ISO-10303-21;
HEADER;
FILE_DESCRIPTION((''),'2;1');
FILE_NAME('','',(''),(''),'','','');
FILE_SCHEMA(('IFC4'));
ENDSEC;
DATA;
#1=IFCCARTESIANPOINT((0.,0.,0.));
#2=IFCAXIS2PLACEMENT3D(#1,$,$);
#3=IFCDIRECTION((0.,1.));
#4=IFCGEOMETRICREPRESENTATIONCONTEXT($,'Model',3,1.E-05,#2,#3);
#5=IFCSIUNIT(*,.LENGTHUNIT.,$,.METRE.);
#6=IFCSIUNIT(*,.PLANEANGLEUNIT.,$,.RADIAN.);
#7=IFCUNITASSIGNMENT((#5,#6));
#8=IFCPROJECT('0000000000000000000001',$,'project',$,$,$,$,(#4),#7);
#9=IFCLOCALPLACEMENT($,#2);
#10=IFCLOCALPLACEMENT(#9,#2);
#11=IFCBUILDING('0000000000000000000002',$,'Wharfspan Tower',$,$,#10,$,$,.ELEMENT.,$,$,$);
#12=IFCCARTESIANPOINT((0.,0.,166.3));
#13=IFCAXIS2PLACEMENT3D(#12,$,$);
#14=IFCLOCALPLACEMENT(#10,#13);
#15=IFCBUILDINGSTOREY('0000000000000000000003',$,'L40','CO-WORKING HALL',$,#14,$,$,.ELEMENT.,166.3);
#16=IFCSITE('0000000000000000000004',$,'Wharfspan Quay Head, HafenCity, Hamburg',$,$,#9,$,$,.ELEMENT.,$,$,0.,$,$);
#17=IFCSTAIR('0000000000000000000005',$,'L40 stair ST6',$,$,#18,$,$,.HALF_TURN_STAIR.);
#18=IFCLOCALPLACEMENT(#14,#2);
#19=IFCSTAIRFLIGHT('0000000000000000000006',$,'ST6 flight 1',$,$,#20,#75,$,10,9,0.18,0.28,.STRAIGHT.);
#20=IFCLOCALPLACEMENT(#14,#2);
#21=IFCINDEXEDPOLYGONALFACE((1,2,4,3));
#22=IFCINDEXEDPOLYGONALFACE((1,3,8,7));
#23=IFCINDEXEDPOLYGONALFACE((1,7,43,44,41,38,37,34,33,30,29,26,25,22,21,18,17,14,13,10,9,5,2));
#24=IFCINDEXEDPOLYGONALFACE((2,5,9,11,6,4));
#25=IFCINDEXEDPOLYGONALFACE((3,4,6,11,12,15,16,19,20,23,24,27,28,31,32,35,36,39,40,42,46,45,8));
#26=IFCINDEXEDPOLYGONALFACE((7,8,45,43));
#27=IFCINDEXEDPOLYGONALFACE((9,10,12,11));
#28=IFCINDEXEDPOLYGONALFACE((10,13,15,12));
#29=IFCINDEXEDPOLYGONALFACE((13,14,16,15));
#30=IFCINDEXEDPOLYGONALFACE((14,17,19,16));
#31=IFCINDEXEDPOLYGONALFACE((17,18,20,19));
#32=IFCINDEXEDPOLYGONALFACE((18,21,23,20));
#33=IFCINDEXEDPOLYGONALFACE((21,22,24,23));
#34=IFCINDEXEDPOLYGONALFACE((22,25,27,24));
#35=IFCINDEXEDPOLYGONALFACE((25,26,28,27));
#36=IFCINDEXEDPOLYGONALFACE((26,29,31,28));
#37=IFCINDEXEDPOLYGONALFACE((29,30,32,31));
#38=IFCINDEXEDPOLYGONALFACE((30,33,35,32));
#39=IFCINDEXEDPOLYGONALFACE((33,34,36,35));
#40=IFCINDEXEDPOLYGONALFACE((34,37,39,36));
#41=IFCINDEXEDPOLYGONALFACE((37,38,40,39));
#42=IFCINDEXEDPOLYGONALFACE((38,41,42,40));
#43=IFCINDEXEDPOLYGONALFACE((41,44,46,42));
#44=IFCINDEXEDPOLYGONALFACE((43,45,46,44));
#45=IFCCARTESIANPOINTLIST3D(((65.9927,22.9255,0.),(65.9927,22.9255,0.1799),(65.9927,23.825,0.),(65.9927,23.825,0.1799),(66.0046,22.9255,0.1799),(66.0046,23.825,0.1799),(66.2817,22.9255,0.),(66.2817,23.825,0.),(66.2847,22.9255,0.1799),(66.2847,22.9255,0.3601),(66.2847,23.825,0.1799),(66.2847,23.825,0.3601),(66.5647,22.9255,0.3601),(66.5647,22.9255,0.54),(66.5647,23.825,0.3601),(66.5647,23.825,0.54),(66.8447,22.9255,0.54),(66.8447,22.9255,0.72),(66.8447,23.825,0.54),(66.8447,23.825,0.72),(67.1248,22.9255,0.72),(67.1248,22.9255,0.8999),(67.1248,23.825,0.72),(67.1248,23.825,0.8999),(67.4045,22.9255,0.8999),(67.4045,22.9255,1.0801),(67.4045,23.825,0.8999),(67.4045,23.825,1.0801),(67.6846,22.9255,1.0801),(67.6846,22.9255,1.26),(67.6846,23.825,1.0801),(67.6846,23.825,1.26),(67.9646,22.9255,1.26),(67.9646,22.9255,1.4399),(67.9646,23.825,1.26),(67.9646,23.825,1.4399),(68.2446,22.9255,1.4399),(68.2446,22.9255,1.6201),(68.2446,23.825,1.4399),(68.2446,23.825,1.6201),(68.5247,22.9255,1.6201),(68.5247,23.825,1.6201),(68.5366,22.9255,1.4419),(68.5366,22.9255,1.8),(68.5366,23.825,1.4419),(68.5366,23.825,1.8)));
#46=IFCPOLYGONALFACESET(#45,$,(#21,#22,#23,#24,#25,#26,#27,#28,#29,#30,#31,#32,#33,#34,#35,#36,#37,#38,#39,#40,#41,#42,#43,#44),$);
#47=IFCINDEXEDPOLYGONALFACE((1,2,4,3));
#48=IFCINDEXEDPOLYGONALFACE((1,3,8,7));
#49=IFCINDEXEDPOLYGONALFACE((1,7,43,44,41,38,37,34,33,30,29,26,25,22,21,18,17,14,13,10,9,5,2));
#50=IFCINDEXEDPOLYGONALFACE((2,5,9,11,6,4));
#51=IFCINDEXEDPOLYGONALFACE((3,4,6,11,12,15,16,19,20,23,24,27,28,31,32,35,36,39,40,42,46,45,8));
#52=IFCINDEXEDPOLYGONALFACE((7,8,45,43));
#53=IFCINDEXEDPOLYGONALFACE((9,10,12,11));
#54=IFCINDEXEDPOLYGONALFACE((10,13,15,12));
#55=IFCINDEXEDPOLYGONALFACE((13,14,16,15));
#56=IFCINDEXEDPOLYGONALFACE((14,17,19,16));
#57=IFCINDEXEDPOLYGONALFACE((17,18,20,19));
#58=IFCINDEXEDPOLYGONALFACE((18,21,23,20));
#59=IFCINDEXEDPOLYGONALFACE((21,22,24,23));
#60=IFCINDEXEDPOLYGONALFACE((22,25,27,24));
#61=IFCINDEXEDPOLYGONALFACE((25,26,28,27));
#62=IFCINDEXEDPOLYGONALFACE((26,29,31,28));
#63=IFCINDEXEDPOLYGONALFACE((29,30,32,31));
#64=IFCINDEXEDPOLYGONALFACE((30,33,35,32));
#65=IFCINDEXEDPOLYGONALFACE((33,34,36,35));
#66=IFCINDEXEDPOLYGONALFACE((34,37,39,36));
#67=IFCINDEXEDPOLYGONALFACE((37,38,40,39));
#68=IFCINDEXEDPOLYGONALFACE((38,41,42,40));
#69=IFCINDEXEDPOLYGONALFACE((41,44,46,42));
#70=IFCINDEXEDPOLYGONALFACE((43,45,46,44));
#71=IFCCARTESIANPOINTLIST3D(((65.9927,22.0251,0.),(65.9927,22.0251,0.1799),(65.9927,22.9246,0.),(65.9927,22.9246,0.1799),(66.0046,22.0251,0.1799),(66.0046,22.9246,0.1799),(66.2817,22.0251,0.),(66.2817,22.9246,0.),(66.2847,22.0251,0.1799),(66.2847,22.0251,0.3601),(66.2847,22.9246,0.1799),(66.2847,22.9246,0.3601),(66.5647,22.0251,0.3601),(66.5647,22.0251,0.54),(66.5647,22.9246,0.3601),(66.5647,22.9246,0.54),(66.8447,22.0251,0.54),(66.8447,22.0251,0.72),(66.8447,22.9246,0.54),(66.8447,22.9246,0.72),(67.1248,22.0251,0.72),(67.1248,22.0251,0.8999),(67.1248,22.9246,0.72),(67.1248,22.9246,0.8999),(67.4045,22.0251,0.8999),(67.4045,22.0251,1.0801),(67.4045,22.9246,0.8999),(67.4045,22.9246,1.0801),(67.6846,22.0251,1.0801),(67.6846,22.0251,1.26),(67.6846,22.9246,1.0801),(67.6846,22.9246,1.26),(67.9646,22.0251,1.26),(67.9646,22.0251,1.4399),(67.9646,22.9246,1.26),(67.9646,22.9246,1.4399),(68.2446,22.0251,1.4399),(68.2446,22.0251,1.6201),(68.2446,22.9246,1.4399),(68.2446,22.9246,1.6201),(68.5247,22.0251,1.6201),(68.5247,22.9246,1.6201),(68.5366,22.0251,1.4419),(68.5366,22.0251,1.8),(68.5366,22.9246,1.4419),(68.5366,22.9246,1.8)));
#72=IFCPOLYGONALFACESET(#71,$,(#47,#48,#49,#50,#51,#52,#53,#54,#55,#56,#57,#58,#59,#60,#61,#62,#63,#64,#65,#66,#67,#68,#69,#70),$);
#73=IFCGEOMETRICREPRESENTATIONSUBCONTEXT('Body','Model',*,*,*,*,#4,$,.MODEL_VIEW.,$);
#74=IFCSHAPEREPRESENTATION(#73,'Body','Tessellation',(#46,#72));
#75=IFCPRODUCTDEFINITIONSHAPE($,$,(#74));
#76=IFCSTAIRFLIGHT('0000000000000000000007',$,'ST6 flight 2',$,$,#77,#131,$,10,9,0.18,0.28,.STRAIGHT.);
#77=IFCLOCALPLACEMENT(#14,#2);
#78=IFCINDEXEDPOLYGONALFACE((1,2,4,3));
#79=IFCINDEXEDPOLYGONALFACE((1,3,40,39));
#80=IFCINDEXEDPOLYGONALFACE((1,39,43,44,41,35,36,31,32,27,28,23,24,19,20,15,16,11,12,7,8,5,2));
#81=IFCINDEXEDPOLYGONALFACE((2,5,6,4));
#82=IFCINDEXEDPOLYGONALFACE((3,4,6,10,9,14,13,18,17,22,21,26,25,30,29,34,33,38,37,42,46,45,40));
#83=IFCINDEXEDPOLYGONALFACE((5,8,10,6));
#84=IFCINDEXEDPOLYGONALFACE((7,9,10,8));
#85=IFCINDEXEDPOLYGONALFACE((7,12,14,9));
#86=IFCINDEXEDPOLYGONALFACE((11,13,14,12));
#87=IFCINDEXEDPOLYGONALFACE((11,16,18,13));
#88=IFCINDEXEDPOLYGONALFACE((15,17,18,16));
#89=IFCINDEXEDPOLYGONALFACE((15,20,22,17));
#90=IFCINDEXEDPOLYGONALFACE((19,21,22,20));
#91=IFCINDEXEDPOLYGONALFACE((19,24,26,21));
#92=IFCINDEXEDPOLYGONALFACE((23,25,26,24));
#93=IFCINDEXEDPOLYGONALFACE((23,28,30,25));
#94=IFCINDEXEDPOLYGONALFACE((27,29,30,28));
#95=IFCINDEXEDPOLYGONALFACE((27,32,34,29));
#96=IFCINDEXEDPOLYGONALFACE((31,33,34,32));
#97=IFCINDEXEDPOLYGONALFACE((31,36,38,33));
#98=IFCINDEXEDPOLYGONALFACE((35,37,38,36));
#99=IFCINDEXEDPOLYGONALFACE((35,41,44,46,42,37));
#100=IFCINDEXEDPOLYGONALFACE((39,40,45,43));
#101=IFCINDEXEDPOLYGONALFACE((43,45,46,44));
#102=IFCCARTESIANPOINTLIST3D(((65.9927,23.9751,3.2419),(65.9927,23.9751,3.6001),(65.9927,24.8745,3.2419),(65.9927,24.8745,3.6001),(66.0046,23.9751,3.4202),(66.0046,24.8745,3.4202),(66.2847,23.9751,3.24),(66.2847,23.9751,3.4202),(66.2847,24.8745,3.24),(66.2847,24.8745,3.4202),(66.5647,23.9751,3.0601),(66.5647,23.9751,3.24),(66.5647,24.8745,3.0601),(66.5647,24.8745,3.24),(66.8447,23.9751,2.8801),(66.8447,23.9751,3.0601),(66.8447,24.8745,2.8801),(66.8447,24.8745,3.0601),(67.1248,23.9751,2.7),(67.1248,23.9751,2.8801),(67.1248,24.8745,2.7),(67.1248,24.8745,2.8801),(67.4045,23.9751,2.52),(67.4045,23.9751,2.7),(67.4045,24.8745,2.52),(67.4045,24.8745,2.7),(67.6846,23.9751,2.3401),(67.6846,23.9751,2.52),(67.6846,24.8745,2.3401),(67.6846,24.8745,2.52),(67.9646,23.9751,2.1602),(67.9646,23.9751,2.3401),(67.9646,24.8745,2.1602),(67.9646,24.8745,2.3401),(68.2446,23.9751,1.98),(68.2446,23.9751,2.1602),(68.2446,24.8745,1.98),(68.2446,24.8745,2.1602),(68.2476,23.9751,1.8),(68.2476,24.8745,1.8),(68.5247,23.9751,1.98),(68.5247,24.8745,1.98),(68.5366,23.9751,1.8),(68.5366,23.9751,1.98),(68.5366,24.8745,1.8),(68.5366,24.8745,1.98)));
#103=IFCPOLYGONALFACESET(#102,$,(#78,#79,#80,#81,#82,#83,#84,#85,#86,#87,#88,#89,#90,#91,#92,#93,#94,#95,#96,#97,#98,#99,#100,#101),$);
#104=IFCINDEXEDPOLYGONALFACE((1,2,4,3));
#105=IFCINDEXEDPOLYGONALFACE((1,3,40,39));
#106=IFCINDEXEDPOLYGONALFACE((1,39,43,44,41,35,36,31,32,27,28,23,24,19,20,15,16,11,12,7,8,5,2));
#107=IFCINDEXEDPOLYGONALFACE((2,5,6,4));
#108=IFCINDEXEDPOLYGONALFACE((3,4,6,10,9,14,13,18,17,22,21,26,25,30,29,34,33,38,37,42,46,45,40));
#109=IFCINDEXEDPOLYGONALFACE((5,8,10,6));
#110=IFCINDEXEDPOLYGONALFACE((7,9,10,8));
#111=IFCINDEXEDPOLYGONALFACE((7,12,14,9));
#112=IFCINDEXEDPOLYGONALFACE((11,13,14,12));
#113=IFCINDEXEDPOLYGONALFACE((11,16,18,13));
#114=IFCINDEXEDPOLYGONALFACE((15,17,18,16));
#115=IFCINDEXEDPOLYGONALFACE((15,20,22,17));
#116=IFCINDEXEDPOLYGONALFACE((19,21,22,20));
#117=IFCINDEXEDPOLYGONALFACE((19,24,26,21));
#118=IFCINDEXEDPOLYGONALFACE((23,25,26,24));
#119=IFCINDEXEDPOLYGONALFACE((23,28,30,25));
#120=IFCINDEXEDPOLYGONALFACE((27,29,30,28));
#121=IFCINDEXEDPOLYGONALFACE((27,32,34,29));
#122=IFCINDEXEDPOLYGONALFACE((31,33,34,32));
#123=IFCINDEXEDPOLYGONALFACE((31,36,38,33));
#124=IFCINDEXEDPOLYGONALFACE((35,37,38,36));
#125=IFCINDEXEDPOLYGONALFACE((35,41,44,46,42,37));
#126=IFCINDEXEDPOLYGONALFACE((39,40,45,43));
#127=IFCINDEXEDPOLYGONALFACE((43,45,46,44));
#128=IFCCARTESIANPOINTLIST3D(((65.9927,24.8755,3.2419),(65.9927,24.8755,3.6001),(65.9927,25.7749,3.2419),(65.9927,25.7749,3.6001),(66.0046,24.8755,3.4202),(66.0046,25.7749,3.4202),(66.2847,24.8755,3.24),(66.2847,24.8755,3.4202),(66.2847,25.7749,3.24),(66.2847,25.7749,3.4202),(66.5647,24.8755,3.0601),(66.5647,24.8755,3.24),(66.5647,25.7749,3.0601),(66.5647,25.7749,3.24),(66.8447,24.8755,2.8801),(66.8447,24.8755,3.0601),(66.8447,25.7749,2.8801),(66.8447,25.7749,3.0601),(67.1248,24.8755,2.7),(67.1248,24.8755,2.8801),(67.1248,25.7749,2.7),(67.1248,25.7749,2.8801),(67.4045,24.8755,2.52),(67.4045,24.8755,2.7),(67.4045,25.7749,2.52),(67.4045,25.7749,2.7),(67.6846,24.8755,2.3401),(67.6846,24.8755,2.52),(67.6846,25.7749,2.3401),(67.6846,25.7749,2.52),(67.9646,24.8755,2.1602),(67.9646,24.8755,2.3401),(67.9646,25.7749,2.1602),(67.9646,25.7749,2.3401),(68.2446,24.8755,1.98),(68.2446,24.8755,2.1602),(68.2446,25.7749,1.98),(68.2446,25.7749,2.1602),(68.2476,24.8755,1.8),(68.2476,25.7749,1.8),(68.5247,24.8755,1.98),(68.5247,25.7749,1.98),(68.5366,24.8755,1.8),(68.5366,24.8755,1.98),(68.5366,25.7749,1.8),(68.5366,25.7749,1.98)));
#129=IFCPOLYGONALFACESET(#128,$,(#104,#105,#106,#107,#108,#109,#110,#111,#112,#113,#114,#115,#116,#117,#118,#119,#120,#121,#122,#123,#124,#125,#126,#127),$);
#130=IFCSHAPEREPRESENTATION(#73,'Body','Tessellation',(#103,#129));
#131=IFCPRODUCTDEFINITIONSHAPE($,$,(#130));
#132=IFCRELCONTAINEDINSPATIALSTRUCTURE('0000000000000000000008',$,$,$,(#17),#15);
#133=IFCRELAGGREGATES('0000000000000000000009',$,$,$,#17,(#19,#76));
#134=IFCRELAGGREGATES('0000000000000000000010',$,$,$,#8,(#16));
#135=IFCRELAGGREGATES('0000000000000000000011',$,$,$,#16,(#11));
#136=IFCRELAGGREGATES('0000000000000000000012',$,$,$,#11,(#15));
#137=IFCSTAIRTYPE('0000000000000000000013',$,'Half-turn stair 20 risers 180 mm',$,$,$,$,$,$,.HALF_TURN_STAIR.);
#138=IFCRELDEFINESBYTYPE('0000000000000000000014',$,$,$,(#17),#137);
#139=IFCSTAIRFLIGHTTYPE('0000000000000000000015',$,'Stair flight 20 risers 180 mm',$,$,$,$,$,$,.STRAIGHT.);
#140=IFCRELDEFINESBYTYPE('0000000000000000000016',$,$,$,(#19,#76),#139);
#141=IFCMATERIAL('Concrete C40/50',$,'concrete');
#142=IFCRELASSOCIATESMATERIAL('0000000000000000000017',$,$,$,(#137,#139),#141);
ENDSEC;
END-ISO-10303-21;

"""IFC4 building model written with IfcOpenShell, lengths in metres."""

from ifc_helpers import new_model, si_unit, direction, frame, origin, place, context, subcontext, project, spatial, polyline, outline, extrude, material, type_object, element, aggregate, save


model = new_model("IFC4")

# Units and contexts
model_context = context("Model", 3, precision=1e-05, world=origin(), true_north=direction((0.0, 1.0)))
body_context = subcontext(model_context, "Body", "Model", "MODEL_VIEW")
ifc_project = project(units=[si_unit("LENGTHUNIT", "METRE"), si_unit("PLANEANGLEUNIT", "RADIAN")], contexts=[model_context])

# Site, building, storey
site_placement = place(None, origin())
site = spatial("IfcSite", under=ifc_project, at=site_placement, Name="Wharfspan Quay Head, HafenCity, Hamburg", CompositionType="ELEMENT", RefElevation=0.0)
building_placement = place(site_placement, origin())
building = spatial("IfcBuilding", under=site, at=building_placement, Name="Wharfspan Tower", CompositionType="ELEMENT")
storey_placement = place(building_placement, frame((0.0, 0.0, 166.3)))
storey = spatial("IfcBuildingStorey", under=building, at=storey_placement, Name="L40", Description="CO-WORKING HALL", CompositionType="ELEMENT", Elevation=166.3)

# Shared definitions
ifc_material_1 = material(Name="Concrete C40/50", Category="concrete")

# Stair, stair flights
stair_type = type_object("IfcStairType", Name="Half-turn stair 20 risers 180 mm", PredefinedType="HALF_TURN_STAIR", material=ifc_material_1)
stair_placement = place(storey_placement, origin())
stair = element("IfcStair", 1, at=stair_placement, inside=storey, type_object=stair_type, Name="L40 stair ST6", PredefinedType="HALF_TURN_STAIR")
stair_flight_type = type_object("IfcStairFlightType", Name="Stair flight 20 risers 180 mm", PredefinedType="STRAIGHT", material=ifc_material_1)
stair_flight_1_placement = place(storey_placement, frame((66.0046, 22.925, 0.0), z_axis=(0.0, 0.0, 1.0), x_axis=(1.0, 0.0, 0.0)))
stair_flight_1 = element("IfcStairFlight", 2, at=stair_flight_1_placement, type_object=stair_flight_type, Name="ST6 flight 1", NumberOfRisers=10, NumberOfTreads=9, PredefinedType="STRAIGHT", RiserHeight=0.18, TreadLength=0.28, context=body_context, shape_type="SweptSolid", body=[
    extrude(outline(polyline([(-0.012, 0.0), (-0.012, 0.1799), (0.0, 0.1799), (0.28, 0.1799), (0.28, 0.3601), (0.5601, 0.3601), (0.5601, 0.54), (0.8401, 0.54), (0.8401, 0.72), (1.1201, 0.72), (1.1201, 0.8999), (1.3999, 0.8999), (1.3999, 1.0801), (1.6799, 1.0801), (1.6799, 1.26), (1.96, 1.26), (1.96, 1.4399), (2.24, 1.4399), (2.24, 1.6201), (2.52, 1.6201), (2.532, 1.8), (2.532, 1.4419), (0.2771, 0.0), (-0.012, 0.0)])), frame((0.0, 0.8999, 0.0), z_axis=(0.0, -1.0, 0.0), x_axis=(1.0, 0.0, 0.0)), (0.0, 0.0, 1.0), 0.8994),
    extrude(outline(polyline([(-0.012, 0.0), (-0.012, 0.1799), (0.0, 0.1799), (0.28, 0.1799), (0.28, 0.3601), (0.5601, 0.3601), (0.5601, 0.54), (0.8401, 0.54), (0.8401, 0.72), (1.1201, 0.72), (1.1201, 0.8999), (1.3999, 0.8999), (1.3999, 1.0801), (1.6799, 1.0801), (1.6799, 1.26), (1.96, 1.26), (1.96, 1.4399), (2.24, 1.4399), (2.24, 1.6201), (2.52, 1.6201), (2.532, 1.8), (2.532, 1.4419), (0.2771, 0.0), (-0.012, 0.0)])), frame((0.0, -0.0005, 0.0), z_axis=(0.0, -1.0, 0.0), x_axis=(1.0, 0.0, 0.0)), (0.0, 0.0, 1.0), 0.8994),
])
stair_flight_2_placement = place(storey_placement, frame((68.5247, 24.875, 1.8), z_axis=(0.0, 0.0, 1.0), x_axis=(-1.0, 0.0, 0.0)))
stair_flight_2 = element("IfcStairFlight", 3, at=stair_flight_2_placement, type_object=stair_flight_type, Name="ST6 flight 2", NumberOfRisers=10, NumberOfTreads=9, PredefinedType="STRAIGHT", RiserHeight=0.18, TreadLength=0.28, context=body_context, shape_type="SweptSolid", body=[
    extrude(outline(polyline([(-0.012, 0.0), (-0.012, 0.1799), (0.0, 0.1799), (0.28, 0.1799), (0.28, 0.3601), (0.5601, 0.3601), (0.5601, 0.54), (0.8401, 0.54), (0.8401, 0.72), (1.1201, 0.72), (1.1201, 0.8999), (1.3999, 0.8999), (1.3999, 1.0801), (1.6799, 1.0801), (1.6799, 1.26), (1.96, 1.26), (1.96, 1.4399), (2.24, 1.4399), (2.24, 1.6201), (2.52, 1.6201), (2.532, 1.8), (2.532, 1.4419), (0.2771, 0.0), (-0.012, 0.0)])), frame((0.0, 0.8999, 0.0), z_axis=(0.0, -1.0, 0.0), x_axis=(1.0, 0.0, 0.0)), (0.0, 0.0, 1.0), 0.8994),
    extrude(outline(polyline([(-0.012, 0.0), (-0.012, 0.1799), (0.0, 0.1799), (0.28, 0.1799), (0.28, 0.3601), (0.5601, 0.3601), (0.5601, 0.54), (0.8401, 0.54), (0.8401, 0.72), (1.1201, 0.72), (1.1201, 0.8999), (1.3999, 0.8999), (1.3999, 1.0801), (1.6799, 1.0801), (1.6799, 1.26), (1.96, 1.26), (1.96, 1.4399), (2.24, 1.4399), (2.24, 1.6201), (2.52, 1.6201), (2.532, 1.8), (2.532, 1.4419), (0.2771, 0.0), (-0.012, 0.0)])), frame((0.0, -0.0005, 0.0), z_axis=(0.0, -1.0, 0.0), x_axis=(1.0, 0.0, 0.0)), (0.0, 0.0, 1.0), 0.8994),
])
aggregate(stair, [stair_flight_1, stair_flight_2])

save(model, "model.ifc")
